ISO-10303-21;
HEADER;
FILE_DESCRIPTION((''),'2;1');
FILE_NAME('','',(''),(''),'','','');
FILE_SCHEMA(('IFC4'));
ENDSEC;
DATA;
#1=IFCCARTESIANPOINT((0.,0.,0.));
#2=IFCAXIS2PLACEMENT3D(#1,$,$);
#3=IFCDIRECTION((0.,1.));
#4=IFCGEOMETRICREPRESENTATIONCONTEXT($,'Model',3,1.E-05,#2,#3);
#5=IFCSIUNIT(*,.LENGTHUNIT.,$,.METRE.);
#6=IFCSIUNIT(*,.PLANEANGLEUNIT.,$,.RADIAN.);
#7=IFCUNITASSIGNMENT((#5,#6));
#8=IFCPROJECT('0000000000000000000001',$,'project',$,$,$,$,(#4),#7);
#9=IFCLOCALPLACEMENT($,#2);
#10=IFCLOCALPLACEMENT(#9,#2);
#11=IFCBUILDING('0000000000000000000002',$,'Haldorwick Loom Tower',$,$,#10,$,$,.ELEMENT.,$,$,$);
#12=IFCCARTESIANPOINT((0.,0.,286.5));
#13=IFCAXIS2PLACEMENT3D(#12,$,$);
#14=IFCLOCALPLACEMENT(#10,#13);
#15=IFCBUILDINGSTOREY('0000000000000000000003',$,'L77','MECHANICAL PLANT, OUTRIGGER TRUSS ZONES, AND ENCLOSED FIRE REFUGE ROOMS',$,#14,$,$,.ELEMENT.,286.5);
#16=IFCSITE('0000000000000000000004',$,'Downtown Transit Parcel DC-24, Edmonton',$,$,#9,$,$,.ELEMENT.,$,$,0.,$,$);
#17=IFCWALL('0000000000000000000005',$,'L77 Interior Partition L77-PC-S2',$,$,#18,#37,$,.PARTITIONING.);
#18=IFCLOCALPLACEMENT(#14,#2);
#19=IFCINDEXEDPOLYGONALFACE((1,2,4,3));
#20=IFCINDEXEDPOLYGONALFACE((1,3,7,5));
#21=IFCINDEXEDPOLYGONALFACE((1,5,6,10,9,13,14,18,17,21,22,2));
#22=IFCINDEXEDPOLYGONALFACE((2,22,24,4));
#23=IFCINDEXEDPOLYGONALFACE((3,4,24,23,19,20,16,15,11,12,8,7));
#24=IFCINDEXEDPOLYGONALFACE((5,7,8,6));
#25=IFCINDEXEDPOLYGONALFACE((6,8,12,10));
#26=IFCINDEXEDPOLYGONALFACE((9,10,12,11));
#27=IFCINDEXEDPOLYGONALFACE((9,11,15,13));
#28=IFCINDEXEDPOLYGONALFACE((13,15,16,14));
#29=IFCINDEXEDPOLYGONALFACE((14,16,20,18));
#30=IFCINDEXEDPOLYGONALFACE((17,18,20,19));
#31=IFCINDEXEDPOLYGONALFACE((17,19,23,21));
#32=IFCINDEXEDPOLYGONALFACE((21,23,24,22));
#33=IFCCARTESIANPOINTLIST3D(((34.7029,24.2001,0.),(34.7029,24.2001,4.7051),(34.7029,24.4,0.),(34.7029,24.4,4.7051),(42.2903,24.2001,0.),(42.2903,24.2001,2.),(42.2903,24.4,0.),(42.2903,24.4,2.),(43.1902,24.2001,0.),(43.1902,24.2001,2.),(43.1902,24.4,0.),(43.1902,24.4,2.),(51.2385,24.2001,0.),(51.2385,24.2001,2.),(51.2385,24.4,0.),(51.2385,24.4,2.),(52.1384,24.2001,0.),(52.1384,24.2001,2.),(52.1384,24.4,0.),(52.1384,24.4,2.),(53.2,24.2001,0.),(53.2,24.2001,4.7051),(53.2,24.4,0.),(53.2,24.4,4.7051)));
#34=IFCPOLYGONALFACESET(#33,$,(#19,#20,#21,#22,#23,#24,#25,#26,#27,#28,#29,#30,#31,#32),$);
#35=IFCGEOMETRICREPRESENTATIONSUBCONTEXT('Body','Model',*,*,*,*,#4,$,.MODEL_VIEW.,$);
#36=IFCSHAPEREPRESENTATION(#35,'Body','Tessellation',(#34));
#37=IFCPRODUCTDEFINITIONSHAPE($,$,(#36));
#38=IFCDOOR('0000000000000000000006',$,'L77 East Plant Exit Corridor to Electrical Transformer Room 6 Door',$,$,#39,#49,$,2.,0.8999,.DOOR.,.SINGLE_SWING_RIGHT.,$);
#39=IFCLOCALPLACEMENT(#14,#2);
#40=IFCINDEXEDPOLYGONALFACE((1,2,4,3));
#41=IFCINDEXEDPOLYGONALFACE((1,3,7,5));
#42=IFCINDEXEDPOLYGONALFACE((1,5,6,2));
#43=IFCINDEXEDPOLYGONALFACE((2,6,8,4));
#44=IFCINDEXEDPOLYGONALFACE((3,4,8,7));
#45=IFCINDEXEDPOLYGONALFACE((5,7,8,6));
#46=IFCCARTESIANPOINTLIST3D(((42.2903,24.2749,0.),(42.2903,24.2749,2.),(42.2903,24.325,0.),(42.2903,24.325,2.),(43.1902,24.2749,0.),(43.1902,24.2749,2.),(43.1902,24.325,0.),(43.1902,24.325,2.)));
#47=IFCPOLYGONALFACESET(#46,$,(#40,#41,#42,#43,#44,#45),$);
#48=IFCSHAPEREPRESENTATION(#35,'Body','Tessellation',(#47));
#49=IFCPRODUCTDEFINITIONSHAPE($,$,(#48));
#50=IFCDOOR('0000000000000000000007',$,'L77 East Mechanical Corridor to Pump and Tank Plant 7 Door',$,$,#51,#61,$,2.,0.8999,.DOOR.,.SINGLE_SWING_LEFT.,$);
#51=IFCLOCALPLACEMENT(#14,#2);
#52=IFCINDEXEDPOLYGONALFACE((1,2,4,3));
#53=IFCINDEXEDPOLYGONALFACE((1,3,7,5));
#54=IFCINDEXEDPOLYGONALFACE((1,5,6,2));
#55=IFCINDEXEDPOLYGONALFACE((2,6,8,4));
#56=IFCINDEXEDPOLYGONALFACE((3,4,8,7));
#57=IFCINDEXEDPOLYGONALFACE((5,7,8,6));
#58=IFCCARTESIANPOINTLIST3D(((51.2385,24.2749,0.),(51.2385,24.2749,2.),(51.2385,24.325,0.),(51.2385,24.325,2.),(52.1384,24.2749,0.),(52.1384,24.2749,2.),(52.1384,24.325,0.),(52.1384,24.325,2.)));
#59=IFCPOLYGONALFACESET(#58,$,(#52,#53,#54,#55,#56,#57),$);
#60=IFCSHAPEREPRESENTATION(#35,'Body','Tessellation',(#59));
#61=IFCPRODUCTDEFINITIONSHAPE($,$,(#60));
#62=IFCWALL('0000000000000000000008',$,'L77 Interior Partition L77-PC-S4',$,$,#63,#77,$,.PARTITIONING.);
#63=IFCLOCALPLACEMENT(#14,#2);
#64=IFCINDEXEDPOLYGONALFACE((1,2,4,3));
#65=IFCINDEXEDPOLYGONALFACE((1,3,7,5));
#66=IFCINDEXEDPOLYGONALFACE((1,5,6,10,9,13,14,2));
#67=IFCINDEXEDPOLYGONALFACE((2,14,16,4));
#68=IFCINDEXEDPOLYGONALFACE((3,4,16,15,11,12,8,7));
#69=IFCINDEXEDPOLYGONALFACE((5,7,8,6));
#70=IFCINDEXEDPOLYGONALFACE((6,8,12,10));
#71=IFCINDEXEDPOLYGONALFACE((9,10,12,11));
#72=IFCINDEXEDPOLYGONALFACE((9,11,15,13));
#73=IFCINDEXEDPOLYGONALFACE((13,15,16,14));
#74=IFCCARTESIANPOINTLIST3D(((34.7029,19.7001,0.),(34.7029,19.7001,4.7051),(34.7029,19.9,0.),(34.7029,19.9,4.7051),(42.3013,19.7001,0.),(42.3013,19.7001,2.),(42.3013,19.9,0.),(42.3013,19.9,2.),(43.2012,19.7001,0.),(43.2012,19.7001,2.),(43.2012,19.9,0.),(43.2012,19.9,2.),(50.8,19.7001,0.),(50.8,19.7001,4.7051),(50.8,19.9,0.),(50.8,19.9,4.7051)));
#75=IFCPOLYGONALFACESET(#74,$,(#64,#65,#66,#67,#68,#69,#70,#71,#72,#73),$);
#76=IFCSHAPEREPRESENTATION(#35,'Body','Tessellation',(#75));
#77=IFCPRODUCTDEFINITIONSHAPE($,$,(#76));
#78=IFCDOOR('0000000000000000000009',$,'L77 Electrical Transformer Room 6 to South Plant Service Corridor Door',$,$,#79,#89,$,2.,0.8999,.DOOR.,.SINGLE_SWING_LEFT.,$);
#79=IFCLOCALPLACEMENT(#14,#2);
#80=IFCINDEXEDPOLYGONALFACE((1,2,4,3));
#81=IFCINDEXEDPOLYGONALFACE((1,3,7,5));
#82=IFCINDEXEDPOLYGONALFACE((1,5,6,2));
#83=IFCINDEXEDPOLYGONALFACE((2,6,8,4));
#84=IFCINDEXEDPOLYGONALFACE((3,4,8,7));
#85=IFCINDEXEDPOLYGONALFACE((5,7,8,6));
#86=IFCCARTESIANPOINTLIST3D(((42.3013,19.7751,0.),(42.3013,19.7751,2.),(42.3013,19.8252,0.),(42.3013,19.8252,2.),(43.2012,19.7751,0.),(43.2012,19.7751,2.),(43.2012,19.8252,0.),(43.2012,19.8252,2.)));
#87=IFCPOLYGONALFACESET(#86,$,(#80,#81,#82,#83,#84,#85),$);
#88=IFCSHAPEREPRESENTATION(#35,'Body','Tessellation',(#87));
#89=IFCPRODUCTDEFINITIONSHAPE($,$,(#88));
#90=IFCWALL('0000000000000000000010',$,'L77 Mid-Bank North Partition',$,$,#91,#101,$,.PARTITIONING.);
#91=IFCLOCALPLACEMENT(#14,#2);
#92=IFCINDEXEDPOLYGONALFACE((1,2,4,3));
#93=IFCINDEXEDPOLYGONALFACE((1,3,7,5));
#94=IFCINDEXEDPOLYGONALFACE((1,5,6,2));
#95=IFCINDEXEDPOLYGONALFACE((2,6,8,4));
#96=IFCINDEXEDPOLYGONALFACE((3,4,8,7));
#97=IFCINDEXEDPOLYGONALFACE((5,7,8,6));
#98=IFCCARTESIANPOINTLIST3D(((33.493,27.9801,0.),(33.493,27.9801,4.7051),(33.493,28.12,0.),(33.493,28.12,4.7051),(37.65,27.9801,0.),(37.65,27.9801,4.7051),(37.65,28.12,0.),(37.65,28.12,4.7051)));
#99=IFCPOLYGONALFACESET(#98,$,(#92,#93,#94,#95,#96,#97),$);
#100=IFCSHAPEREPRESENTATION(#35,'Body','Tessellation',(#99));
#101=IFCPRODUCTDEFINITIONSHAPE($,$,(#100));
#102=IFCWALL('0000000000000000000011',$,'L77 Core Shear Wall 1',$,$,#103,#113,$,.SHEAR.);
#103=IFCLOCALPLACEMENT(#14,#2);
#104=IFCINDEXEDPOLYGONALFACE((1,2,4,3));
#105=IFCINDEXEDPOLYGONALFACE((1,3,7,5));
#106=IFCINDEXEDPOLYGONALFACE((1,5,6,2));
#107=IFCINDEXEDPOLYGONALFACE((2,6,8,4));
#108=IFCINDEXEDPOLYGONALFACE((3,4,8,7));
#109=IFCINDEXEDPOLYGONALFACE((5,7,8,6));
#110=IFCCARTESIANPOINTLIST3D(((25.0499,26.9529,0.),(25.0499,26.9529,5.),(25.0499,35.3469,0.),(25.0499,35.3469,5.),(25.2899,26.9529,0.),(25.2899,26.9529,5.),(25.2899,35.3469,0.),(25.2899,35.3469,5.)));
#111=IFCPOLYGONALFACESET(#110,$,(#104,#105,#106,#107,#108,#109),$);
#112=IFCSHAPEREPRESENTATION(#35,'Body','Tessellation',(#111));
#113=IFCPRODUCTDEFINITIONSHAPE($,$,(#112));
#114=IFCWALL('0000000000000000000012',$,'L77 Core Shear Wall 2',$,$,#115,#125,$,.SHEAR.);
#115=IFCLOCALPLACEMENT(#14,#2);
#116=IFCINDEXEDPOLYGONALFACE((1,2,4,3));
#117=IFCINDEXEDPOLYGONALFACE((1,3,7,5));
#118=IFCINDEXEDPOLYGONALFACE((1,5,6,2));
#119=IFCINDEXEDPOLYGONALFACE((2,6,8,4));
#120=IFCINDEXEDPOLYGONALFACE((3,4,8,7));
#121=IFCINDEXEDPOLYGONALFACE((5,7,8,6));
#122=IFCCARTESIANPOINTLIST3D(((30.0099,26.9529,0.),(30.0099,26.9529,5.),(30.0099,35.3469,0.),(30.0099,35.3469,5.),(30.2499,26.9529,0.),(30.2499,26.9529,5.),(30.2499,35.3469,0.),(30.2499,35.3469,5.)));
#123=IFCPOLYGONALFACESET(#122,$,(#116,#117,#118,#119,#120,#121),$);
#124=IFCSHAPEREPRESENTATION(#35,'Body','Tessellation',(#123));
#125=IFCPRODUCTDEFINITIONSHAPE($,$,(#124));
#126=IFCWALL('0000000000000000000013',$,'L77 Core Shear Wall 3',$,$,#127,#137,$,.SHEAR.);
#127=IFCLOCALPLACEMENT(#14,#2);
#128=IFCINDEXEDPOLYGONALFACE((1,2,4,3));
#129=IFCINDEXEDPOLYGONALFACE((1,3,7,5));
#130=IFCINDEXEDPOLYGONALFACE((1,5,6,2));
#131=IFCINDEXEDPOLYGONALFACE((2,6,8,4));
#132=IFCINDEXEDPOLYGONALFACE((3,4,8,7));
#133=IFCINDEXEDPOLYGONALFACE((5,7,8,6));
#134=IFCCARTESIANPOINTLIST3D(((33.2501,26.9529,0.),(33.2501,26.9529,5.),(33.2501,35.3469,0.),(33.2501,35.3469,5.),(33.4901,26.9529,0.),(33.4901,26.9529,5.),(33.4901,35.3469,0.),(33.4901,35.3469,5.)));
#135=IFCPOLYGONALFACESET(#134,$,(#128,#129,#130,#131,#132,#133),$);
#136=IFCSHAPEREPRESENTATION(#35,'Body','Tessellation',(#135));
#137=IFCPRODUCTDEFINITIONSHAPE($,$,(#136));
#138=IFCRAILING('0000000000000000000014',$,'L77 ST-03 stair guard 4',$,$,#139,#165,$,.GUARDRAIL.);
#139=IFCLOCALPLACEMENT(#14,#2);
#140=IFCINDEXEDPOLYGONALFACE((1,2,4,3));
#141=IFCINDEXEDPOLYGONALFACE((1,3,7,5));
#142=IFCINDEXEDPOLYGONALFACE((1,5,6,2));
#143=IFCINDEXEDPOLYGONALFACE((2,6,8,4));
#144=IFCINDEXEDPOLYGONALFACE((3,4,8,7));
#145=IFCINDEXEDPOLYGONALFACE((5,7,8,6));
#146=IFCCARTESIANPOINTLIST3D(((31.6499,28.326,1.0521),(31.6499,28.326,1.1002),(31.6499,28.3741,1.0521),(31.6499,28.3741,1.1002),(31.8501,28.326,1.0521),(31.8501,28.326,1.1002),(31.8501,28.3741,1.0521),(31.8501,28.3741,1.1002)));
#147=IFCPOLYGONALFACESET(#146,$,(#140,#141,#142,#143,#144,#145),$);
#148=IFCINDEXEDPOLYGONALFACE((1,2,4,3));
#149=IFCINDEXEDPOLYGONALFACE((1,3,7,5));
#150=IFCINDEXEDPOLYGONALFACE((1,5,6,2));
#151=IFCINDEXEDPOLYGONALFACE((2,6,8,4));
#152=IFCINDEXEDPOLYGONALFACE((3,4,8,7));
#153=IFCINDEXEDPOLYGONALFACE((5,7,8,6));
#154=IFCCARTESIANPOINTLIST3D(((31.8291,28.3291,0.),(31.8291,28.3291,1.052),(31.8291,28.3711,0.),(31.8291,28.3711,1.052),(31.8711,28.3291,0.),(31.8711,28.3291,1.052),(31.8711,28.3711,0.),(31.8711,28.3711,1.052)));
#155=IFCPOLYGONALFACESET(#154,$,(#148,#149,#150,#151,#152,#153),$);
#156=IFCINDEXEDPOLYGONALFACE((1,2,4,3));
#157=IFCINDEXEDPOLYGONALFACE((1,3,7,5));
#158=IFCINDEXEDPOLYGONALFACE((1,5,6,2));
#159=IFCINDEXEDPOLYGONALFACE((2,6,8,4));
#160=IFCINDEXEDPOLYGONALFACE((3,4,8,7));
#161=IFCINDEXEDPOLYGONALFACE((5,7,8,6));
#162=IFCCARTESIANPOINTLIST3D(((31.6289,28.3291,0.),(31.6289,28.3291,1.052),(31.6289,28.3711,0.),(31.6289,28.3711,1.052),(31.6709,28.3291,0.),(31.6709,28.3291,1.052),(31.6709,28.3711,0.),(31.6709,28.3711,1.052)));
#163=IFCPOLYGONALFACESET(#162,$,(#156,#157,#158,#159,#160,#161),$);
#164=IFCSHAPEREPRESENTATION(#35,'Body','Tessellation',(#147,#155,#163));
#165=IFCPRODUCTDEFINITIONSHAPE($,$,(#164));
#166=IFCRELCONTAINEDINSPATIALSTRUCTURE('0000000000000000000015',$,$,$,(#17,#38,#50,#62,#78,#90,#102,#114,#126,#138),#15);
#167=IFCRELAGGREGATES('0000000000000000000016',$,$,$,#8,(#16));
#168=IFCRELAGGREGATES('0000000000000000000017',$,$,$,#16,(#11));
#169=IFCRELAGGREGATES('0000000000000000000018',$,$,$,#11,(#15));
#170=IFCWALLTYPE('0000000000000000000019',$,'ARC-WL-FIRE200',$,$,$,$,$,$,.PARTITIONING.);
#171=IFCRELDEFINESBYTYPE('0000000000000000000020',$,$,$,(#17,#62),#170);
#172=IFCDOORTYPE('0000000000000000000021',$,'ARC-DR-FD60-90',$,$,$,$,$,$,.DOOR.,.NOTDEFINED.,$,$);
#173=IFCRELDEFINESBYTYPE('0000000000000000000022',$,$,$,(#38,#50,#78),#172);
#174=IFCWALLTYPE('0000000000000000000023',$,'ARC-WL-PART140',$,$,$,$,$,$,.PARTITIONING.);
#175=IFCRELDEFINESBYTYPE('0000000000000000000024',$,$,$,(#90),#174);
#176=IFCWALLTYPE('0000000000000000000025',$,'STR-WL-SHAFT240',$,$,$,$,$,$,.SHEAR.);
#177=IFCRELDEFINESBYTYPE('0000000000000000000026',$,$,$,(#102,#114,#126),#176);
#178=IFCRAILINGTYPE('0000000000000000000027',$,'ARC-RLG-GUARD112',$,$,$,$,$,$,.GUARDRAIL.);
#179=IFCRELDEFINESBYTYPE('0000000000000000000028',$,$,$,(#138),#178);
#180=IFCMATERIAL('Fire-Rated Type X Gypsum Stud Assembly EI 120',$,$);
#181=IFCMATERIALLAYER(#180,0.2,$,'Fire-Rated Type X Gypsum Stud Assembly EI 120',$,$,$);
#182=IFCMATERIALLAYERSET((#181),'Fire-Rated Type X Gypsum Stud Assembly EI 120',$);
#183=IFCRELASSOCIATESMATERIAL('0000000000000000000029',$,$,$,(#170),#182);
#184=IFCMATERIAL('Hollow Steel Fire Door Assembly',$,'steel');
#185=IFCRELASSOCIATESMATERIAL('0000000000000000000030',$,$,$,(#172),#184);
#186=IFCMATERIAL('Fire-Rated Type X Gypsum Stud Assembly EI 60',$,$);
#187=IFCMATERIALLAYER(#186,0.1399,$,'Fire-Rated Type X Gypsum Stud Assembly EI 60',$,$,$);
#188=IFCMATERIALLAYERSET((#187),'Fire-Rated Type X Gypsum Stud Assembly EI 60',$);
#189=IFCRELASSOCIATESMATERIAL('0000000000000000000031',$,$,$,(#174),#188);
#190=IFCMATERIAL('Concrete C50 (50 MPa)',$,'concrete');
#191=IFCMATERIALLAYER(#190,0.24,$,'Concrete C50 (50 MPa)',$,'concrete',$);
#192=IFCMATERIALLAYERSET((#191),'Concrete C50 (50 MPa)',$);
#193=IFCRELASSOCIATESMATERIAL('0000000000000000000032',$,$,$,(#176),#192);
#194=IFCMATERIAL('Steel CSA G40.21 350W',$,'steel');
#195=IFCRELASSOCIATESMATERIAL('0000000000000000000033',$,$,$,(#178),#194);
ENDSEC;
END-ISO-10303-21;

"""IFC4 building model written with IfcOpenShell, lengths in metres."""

from ifc_helpers import new_model, si_unit, direction, frame, frame_2d, origin, origin_2d, place, context, subcontext, project, spatial, rectangle, extrude, material, layer, layer_set, type_object, element, fill, save


model = new_model("IFC4")

# Units and contexts
model_context = context("Model", 3, precision=1e-05, world=origin(), true_north=direction((0.0, 1.0)))
body_context = subcontext(model_context, "Body", "Model", "MODEL_VIEW")
ifc_project = project(units=[si_unit("LENGTHUNIT", "METRE"), si_unit("PLANEANGLEUNIT", "RADIAN")], contexts=[model_context])

# Site, building, storey
site_placement = place(None, origin())
site = spatial("IfcSite", under=ifc_project, at=site_placement, Name="Downtown Transit Parcel DC-24, Edmonton", CompositionType="ELEMENT", RefElevation=0.0)
building_placement = place(site_placement, origin())
building = spatial("IfcBuilding", under=site, at=building_placement, Name="Haldorwick Loom Tower", CompositionType="ELEMENT")
storey_placement = place(building_placement, frame((0.0, 0.0, 286.5)))
storey = spatial("IfcBuildingStorey", under=building, at=storey_placement, Name="L77", Description="MECHANICAL PLANT, OUTRIGGER TRUSS ZONES, AND ENCLOSED FIRE REFUGE ROOMS", CompositionType="ELEMENT", Elevation=286.5)

# Shared definitions
ifc_material_1 = material(Name="Concrete C50 (50 MPa)", Category="concrete")
ifc_material_2 = material(Name="Steel CSA G40.21 350W", Category="steel")

# Shared definitions
ifc_material_3 = material(Name="Fire-Rated Type X Gypsum Stud Assembly EI 120")
ifc_layer_1 = layer(ifc_material_3, 0.2, Name="Fire-Rated Type X Gypsum Stud Assembly EI 120")
ifc_layer_set_1 = layer_set([ifc_layer_1], Name="Fire-Rated Type X Gypsum Stud Assembly EI 120")
wall_type_1 = type_object("IfcWallType", Name="ARC-WL-FIRE200", PredefinedType="PARTITIONING", material=ifc_layer_set_1)
ifc_material_4 = material(Name="Hollow Steel Fire Door Assembly", Category="steel")
door_type_1 = type_object("IfcDoorType", Name="ARC-DR-FD60-90", OperationType="NOTDEFINED", PredefinedType="DOOR", material=ifc_material_4)

# Wall, openings, doors
wall_1_placement = place(storey_placement, frame((34.7029, 24.3, 0.0), z_axis=(0.0, 0.0, 1.0), x_axis=(1.0, 0.0, 0.0)))
wall_1 = element("IfcWall", 1, at=wall_1_placement, inside=storey, type_object=wall_type_1, Name="L77 Interior Partition L77-PC-S2", PredefinedType="PARTITIONING", context=body_context, shape_type="SweptSolid", body=[
    extrude(rectangle(XDim=18.4971, YDim=0.2, at=frame_2d((9.2485, 0.0))), origin(), (0.0, 0.0, 1.0), 4.7051),
])
opening_1_placement = place(wall_1_placement, frame((7.5874, 0.0, 0.0)))
opening_1 = element("IfcOpeningElement", 2, at=opening_1_placement, cuts=wall_1, PredefinedType="OPENING", context=body_context, shape_type="SweptSolid", body=[
    extrude(rectangle(XDim=0.8999, YDim=2.0, at=frame_2d((0.45, 1.0))), frame((0.0, 0.1099, 0.0), z_axis=(0.0, -1.0, 0.0), x_axis=(1.0, 0.0, 0.0)), (0.0, 0.0, 1.0), 0.22),
])
opening_2_placement = place(wall_1_placement, frame((16.5356, 0.0, 0.0)))
opening_2 = element("IfcOpeningElement", 3, at=opening_2_placement, cuts=wall_1, PredefinedType="OPENING", context=body_context, shape_type="SweptSolid", body=[
    extrude(rectangle(XDim=0.8999, YDim=2.0, at=frame_2d((0.45, 1.0))), frame((0.0, 0.1099, 0.0), z_axis=(0.0, -1.0, 0.0), x_axis=(1.0, 0.0, 0.0)), (0.0, 0.0, 1.0), 0.22),
])
door_1_placement = place(opening_1_placement, origin())
door_1 = element("IfcDoor", 4, at=door_1_placement, inside=storey, type_object=door_type_1, Name="L77 East Plant Exit Corridor to Electrical Transformer Room 6 Door", OperationType="SINGLE_SWING_RIGHT", OverallHeight=2.0, OverallWidth=0.8999, PredefinedType="DOOR", context=body_context, shape_type="SweptSolid", body=[
    extrude(rectangle(XDim=0.8999, YDim=2.0, at=frame_2d((0.45, 1.0))), frame((0.0, 0.0249, 0.0), z_axis=(0.0, -1.0, 0.0), x_axis=(1.0, 0.0, 0.0)), (0.0, 0.0, 1.0), 0.05),
])
fill(opening_1, door_1)
door_2_placement = place(opening_2_placement, origin())
door_2 = element("IfcDoor", 5, at=door_2_placement, inside=storey, type_object=door_type_1, Name="L77 East Mechanical Corridor to Pump and Tank Plant 7 Door", OperationType="SINGLE_SWING_LEFT", OverallHeight=2.0, OverallWidth=0.8999, PredefinedType="DOOR", context=body_context, shape_type="SweptSolid", body=[
    extrude(rectangle(XDim=0.8999, YDim=2.0, at=frame_2d((0.45, 1.0))), frame((0.0, 0.0249, 0.0), z_axis=(0.0, -1.0, 0.0), x_axis=(1.0, 0.0, 0.0)), (0.0, 0.0, 1.0), 0.05),
])
fill(opening_2, door_2)

# Wall, opening, door
wall_2_placement = place(storey_placement, frame((34.7029, 19.8, 0.0), z_axis=(0.0, 0.0, 1.0), x_axis=(1.0, 0.0, 0.0)))
wall_2 = element("IfcWall", 6, at=wall_2_placement, inside=storey, type_object=wall_type_1, Name="L77 Interior Partition L77-PC-S4", PredefinedType="PARTITIONING", context=body_context, shape_type="SweptSolid", body=[
    extrude(rectangle(XDim=16.0972, YDim=0.2, at=frame_2d((8.0486, 0.0))), origin(), (0.0, 0.0, 1.0), 4.7051),
])
opening_3_placement = place(wall_2_placement, frame((7.5984, 0.0, 0.0)))
opening_3 = element("IfcOpeningElement", 7, at=opening_3_placement, cuts=wall_2, PredefinedType="OPENING", context=body_context, shape_type="SweptSolid", body=[
    extrude(rectangle(XDim=0.8999, YDim=2.0, at=frame_2d((0.45, 1.0))), frame((0.0, 0.1099, 0.0), z_axis=(0.0, -1.0, 0.0), x_axis=(1.0, 0.0, 0.0)), (0.0, 0.0, 1.0), 0.22),
])
door_3_placement = place(opening_3_placement, frame((0.8999, 0.0, 0.0), z_axis=(0.0, 0.0, 1.0), x_axis=(-1.0, 0.0, 0.0)))
door_3 = element("IfcDoor", 8, at=door_3_placement, inside=storey, type_object=door_type_1, Name="L77 Electrical Transformer Room 6 to South Plant Service Corridor Door", OperationType="SINGLE_SWING_LEFT", OverallHeight=2.0, OverallWidth=0.8999, PredefinedType="DOOR", context=body_context, shape_type="SweptSolid", body=[
    extrude(rectangle(XDim=0.8999, YDim=2.0, at=frame_2d((0.45, 1.0))), frame((0.0, 0.0249, 0.0), z_axis=(0.0, -1.0, 0.0), x_axis=(1.0, 0.0, 0.0)), (0.0, 0.0, 1.0), 0.05),
])
fill(opening_3, door_3)

# Walls
ifc_material_5 = material(Name="Fire-Rated Type X Gypsum Stud Assembly EI 60")
ifc_layer_2 = layer(ifc_material_5, 0.1399, Name="Fire-Rated Type X Gypsum Stud Assembly EI 60")
ifc_layer_set_2 = layer_set([ifc_layer_2], Name="Fire-Rated Type X Gypsum Stud Assembly EI 60")
wall_type_2 = type_object("IfcWallType", Name="ARC-WL-PART140", PredefinedType="PARTITIONING", material=ifc_layer_set_2)
wall_3_placement = place(storey_placement, frame((33.4929, 28.05, 0.0), z_axis=(0.0, 0.0, 1.0), x_axis=(1.0, 0.0, 0.0)))
element("IfcWall", 9, at=wall_3_placement, inside=storey, type_object=wall_type_2, Name="L77 Mid-Bank North Partition", PredefinedType="PARTITIONING", context=body_context, shape_type="SweptSolid", body=[
    extrude(rectangle(XDim=4.157, YDim=0.1399, at=frame_2d((2.0786, 0.0))), origin(), (0.0, 0.0, 1.0), 4.7051),
])
ifc_layer_3 = layer(ifc_material_1, 0.24, Name="Concrete C50 (50 MPa)", Category="concrete")
ifc_layer_set_3 = layer_set([ifc_layer_3], Name="Concrete C50 (50 MPa)")
wall_type_3 = type_object("IfcWallType", Name="STR-WL-SHAFT240", PredefinedType="SHEAR", material=ifc_layer_set_3)
for number, where, z_axis, x_axis, name in (
    (10, (25.1699, 26.9529, 0.0), (0.0, 0.0, 1.0), (0.0, 1.0, 0.0), "L77 Core Shear Wall 1"),
    (11, (30.1299, 26.9529, 0.0), (0.0, 0.0, 1.0), (0.0, 1.0, 0.0), "L77 Core Shear Wall 2"),
    (12, (33.3701, 26.9529, 0.0), (0.0, 0.0, 1.0), (0.0, 1.0, 0.0), "L77 Core Shear Wall 3"),
):
    element("IfcWall", number, at=place(storey_placement, frame(where, z_axis=z_axis, x_axis=x_axis)), inside=storey, type_object=wall_type_3, Name=name, PredefinedType="SHEAR", context=body_context, shape_type="SweptSolid", body=[
        extrude(rectangle(XDim=8.394, YDim=0.24, at=frame_2d((4.197, 0.0))), origin(), (0.0, 0.0, 1.0), 5.0),
    ])

# Railing
railing_type = type_object("IfcRailingType", Name="ARC-RLG-GUARD112", PredefinedType="GUARDRAIL", material=ifc_material_2)
railing_placement = place(storey_placement, frame((31.8501, 28.3501, 0.0)))
element("IfcRailing", 13, at=railing_placement, inside=storey, type_object=railing_type, Name="L77 ST-03 stair guard 4", PredefinedType="GUARDRAIL", context=body_context, shape_type="SweptSolid", body=[
    extrude(rectangle(XDim=0.0481, YDim=0.0481, at=origin_2d()), frame((0.0, 0.0, 1.0762), z_axis=(-1.0, 0.0, 0.0), x_axis=(0.0, -1.0, 0.0)), (0.0, 0.0, 1.0), 0.2002),
    extrude(rectangle(XDim=0.042, YDim=0.042, at=origin_2d()), origin(), (0.0, 0.0, 1.0), 1.052),
    extrude(rectangle(XDim=0.042, YDim=0.042, at=origin_2d()), frame((-0.2002, 0.0, 0.0)), (0.0, 0.0, 1.0), 1.052),
])

save(model, "model.ifc")
